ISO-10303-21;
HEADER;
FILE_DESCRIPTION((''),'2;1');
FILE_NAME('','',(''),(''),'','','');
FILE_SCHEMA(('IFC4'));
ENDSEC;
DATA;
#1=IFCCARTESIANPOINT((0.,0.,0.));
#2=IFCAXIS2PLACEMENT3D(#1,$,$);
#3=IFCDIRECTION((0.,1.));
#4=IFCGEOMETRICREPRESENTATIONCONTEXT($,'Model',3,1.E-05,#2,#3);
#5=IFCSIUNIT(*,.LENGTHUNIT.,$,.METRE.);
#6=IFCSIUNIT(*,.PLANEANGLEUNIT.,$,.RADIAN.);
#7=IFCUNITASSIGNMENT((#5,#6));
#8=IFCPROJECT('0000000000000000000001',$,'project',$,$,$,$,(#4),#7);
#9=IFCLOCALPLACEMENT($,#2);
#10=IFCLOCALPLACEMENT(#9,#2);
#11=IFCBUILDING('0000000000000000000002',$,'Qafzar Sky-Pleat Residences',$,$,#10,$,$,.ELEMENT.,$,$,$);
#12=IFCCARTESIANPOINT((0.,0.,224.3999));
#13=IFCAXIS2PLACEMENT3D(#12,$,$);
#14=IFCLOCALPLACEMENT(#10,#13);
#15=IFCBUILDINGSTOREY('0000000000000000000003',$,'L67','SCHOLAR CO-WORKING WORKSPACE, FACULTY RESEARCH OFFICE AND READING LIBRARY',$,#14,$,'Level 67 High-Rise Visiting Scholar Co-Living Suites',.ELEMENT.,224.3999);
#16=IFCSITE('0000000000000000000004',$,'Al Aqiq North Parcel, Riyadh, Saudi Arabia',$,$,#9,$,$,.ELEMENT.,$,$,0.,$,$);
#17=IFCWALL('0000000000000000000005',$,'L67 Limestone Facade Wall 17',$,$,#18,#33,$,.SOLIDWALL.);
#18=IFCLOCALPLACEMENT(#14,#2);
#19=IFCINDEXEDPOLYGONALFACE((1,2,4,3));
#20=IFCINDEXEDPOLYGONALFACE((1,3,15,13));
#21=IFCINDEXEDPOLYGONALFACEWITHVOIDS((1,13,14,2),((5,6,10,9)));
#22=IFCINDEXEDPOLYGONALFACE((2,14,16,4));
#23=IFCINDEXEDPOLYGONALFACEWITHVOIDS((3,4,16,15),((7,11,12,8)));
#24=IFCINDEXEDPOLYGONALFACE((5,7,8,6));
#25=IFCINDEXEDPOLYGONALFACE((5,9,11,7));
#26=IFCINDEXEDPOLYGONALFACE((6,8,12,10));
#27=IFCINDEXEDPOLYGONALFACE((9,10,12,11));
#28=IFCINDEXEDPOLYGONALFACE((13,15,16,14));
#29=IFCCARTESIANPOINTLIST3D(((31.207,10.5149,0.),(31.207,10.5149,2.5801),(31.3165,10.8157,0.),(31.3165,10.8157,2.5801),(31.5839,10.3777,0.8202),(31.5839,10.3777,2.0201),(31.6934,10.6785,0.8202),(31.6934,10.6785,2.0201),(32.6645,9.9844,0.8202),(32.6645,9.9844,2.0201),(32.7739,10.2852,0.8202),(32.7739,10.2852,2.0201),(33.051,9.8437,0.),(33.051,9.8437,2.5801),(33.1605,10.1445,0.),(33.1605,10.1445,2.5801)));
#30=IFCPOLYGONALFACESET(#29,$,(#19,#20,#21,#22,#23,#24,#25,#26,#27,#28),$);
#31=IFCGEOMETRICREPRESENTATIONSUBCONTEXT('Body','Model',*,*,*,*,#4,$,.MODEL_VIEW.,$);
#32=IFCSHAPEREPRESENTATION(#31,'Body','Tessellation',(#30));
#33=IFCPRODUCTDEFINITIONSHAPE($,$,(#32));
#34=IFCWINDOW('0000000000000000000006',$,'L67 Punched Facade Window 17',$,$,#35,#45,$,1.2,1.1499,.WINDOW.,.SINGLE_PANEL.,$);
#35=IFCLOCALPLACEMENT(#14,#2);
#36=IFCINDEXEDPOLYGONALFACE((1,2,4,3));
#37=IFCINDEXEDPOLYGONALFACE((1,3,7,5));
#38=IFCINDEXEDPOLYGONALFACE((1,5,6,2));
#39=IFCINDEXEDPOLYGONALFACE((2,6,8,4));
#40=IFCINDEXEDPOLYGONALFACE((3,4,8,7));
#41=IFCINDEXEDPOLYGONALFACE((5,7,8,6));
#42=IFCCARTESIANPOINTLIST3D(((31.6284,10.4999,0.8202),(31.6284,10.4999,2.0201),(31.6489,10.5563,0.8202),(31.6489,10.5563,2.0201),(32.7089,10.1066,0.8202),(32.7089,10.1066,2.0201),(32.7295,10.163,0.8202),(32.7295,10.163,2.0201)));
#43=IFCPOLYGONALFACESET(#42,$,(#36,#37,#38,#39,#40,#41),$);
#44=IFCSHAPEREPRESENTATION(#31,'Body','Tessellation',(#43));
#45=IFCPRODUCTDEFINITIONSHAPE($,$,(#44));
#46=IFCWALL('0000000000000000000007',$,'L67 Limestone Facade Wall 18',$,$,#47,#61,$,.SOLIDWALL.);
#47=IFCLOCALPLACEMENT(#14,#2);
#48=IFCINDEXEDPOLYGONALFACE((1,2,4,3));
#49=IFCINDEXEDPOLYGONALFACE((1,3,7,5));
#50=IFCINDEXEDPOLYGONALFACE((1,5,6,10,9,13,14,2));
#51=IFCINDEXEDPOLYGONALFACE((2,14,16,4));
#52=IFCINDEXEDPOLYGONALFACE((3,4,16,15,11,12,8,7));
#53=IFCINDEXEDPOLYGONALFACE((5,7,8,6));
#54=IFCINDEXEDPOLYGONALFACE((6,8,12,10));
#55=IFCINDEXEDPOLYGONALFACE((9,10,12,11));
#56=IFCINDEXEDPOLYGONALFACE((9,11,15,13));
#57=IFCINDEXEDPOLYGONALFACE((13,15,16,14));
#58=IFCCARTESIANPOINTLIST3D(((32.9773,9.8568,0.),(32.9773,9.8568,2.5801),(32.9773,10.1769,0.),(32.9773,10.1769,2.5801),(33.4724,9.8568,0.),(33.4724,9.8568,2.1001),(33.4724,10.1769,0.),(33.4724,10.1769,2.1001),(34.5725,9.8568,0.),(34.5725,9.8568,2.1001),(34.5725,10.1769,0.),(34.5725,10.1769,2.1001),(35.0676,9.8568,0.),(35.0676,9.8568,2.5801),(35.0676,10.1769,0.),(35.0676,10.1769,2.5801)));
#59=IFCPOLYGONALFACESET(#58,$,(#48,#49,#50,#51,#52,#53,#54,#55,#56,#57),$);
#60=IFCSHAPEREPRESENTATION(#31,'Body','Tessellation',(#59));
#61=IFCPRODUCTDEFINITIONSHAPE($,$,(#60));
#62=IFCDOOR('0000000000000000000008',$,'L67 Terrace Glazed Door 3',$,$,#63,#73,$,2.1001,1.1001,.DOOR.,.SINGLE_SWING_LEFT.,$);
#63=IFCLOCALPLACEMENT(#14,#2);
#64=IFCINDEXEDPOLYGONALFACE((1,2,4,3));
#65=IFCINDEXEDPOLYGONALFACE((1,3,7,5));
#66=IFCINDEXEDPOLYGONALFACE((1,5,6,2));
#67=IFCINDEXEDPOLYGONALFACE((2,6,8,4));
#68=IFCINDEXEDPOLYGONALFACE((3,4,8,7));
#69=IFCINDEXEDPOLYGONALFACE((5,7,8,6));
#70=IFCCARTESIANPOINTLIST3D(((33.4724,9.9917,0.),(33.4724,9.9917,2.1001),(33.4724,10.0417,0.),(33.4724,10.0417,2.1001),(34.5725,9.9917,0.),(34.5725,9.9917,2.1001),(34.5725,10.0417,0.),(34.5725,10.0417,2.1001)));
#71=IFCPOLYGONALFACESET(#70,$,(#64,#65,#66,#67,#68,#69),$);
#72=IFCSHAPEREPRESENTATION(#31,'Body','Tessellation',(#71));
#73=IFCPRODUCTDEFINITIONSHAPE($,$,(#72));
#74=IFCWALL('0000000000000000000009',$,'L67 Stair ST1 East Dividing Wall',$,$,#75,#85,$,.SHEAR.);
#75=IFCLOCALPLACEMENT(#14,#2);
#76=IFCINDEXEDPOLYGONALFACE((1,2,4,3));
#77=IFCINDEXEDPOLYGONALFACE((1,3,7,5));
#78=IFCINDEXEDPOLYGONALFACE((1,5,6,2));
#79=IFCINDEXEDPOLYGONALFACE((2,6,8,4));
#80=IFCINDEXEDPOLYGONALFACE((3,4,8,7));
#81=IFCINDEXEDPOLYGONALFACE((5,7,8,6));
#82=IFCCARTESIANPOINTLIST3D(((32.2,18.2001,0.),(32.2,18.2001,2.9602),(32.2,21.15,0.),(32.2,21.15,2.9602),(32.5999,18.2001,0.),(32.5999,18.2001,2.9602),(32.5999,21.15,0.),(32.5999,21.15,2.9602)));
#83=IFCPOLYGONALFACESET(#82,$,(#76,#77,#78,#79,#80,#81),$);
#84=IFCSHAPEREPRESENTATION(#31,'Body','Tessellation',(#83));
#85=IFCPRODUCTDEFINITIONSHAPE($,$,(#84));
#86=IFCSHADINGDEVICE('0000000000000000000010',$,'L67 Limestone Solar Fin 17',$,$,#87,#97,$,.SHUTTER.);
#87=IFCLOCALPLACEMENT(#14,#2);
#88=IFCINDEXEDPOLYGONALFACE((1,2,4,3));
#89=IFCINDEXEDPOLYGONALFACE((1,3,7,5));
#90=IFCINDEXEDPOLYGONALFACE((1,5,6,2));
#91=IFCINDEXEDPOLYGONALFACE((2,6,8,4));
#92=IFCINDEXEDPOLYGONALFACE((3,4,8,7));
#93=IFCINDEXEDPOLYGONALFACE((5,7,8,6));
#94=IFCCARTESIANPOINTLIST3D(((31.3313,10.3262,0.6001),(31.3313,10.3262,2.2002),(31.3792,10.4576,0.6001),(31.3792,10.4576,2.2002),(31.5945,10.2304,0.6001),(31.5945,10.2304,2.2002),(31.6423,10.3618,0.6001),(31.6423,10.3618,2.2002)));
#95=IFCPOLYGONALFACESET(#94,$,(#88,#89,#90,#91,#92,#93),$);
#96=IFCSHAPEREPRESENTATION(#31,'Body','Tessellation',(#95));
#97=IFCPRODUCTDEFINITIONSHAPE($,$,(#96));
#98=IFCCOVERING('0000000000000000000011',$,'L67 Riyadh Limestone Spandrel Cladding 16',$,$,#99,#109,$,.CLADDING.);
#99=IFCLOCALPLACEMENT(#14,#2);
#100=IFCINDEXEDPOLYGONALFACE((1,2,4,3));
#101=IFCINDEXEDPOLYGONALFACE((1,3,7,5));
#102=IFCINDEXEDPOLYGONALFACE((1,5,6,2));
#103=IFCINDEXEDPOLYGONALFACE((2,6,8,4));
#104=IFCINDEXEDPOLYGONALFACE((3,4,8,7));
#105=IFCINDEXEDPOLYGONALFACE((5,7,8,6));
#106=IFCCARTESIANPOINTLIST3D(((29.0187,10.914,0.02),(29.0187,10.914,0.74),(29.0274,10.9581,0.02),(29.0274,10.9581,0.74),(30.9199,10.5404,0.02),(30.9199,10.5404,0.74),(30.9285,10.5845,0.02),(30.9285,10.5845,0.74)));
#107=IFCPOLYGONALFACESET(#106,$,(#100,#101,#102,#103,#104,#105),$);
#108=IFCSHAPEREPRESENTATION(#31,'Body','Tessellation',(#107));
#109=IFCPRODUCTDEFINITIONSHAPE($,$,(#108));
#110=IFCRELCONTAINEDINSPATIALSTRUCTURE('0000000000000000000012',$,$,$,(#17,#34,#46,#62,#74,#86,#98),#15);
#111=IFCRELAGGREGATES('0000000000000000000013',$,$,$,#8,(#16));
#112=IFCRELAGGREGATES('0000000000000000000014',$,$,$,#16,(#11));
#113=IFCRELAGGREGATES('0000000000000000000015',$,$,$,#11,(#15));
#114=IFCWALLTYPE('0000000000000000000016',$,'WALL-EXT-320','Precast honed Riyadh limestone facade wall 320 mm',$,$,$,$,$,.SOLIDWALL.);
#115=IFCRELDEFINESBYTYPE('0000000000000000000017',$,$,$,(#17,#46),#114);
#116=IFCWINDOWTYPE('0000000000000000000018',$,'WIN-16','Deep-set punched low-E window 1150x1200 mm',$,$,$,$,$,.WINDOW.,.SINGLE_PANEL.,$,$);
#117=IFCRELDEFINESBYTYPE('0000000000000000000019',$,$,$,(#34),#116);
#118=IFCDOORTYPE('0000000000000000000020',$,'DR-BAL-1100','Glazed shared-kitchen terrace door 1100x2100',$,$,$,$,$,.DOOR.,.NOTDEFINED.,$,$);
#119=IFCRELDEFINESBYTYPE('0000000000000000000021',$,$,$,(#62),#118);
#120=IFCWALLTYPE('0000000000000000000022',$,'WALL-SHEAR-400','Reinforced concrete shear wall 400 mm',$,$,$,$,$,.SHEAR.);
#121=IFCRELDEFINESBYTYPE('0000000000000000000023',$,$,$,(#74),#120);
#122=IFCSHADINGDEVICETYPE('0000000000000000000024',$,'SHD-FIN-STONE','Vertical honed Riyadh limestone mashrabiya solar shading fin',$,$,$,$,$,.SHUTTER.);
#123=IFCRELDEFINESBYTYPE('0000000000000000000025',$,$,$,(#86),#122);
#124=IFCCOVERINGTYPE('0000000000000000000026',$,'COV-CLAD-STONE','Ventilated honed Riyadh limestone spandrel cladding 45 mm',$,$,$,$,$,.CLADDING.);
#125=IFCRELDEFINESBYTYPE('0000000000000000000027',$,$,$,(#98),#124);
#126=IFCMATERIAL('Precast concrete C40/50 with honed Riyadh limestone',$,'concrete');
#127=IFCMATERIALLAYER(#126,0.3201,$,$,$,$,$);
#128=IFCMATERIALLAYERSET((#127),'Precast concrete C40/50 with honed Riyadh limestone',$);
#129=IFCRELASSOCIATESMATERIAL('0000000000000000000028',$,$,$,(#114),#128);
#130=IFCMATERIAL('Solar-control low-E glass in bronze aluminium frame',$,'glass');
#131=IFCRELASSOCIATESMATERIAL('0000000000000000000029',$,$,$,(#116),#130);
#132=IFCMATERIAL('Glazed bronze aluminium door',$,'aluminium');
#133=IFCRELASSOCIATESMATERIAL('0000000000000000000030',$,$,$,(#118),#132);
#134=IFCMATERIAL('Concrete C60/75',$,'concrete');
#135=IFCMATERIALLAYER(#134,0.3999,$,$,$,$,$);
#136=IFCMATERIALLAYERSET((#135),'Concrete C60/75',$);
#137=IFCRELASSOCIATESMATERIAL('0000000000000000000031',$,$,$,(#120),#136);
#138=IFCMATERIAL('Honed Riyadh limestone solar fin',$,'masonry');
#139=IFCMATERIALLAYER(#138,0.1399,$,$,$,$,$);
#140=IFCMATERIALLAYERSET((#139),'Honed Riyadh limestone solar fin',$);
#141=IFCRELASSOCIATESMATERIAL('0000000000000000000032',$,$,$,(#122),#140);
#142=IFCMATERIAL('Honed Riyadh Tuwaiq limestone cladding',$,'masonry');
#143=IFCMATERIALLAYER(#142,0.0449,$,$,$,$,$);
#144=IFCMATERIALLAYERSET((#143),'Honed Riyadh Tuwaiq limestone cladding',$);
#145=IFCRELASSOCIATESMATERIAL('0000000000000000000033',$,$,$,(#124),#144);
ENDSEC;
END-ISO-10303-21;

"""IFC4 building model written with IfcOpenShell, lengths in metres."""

from ifc_helpers import new_model, si_unit, direction, frame, frame_2d, origin, origin_2d, place, context, subcontext, project, spatial, rectangle, extrude, source, transform, mapped, material, layer, layer_set, type_object, element, fill, save


model = new_model("IFC4")

# Units and contexts
model_context = context("Model", 3, precision=1e-05, world=origin(), true_north=direction((0.0, 1.0)))
body_context = subcontext(model_context, "Body", "Model", "MODEL_VIEW")
ifc_project = project(units=[si_unit("LENGTHUNIT", "METRE"), si_unit("PLANEANGLEUNIT", "RADIAN")], contexts=[model_context])

# Site, building, storey
site_placement = place(None, origin())
site = spatial("IfcSite", under=ifc_project, at=site_placement, Name="Al Aqiq North Parcel, Riyadh, Saudi Arabia", CompositionType="ELEMENT", RefElevation=0.0)
building_placement = place(site_placement, origin())
building = spatial("IfcBuilding", under=site, at=building_placement, Name="Qafzar Sky-Pleat Residences", CompositionType="ELEMENT")
storey_placement = place(building_placement, frame((0.0, 0.0, 224.3999)))
storey = spatial("IfcBuildingStorey", under=building, at=storey_placement, Name="L67", Description="SCHOLAR CO-WORKING WORKSPACE, FACULTY RESEARCH OFFICE AND READING LIBRARY", LongName="Level 67 High-Rise Visiting Scholar Co-Living Suites", CompositionType="ELEMENT", Elevation=224.3999)

# Wall, opening, window
ifc_material_1 = material(Name="Precast concrete C40/50 with honed Riyadh limestone", Category="concrete")
ifc_layer_1 = layer(ifc_material_1, 0.3201)
ifc_layer_set_1 = layer_set([ifc_layer_1], Name="Precast concrete C40/50 with honed Riyadh limestone")
wall_type_1 = type_object("IfcWallType", Name="WALL-EXT-320", Description="Precast honed Riyadh limestone facade wall 320 mm", PredefinedType="SOLIDWALL", material=ifc_layer_set_1)
ifc_material_2 = material(Name="Solar-control low-E glass in bronze aluminium frame", Category="glass")
wall_1_placement = place(storey_placement, frame((31.2617, 10.6653, 0.0), z_axis=(0.0, 0.0, 1.0), x_axis=(0.939695, -0.342013, 0.0)))
wall_1 = element("IfcWall", 1, at=wall_1_placement, inside=storey, type_object=wall_type_1, Name="L67 Limestone Facade Wall 17", PredefinedType="SOLIDWALL", context=body_context, shape_type="SweptSolid", body=[
    extrude(rectangle(XDim=1.9624, YDim=0.3201, at=frame_2d((0.9812, 0.0))), origin(), (0.0, 0.0, 1.0), 2.5801),
])
opening_1_placement = place(wall_1_placement, frame((0.4011, 0.0, 0.8201)))
opening_1 = element("IfcOpeningElement", 2, at=opening_1_placement, cuts=wall_1, PredefinedType="OPENING", context=body_context, shape_type="SweptSolid", body=[
    extrude(rectangle(XDim=1.1499, YDim=1.2, at=frame_2d((0.575, 0.6001))), frame((0.0, 0.1699, 0.0), z_axis=(0.0, -1.0, 0.0), x_axis=(1.0, 0.0, 0.0)), (0.0, 0.0, 1.0), 0.3401),
])
window_type_1 = type_object("IfcWindowType", Name="WIN-16", Description="Deep-set punched low-E window 1150x1200 mm", PartitioningType="SINGLE_PANEL", PredefinedType="WINDOW", material=ifc_material_2)
shared_shape_1 = source(origin(), body_context, "Body", "SweptSolid", [
    extrude(rectangle(XDim=1.1499, YDim=1.2, at=frame_2d((0.575, 0.6001))), frame((0.0, 0.03, 0.0), z_axis=(0.0, -1.0, 0.0), x_axis=(1.0, 0.0, 0.0)), (0.0, 0.0, 1.0), 0.0601),
])
window_1_placement = place(opening_1_placement, origin())
window_1 = element("IfcWindow", 3, at=window_1_placement, inside=storey, type_object=window_type_1, Name="L67 Punched Facade Window 17", OverallHeight=1.2, OverallWidth=1.1499, PartitioningType="SINGLE_PANEL", PredefinedType="WINDOW", context=body_context, shape_type="MappedRepresentation", body=[
    mapped(shared_shape_1, transform((0.0, 0.0, 0.0), x_axis=(1.0, 0.0, 0.0), y_axis=(0.0, 1.0, 0.0), z_axis=(0.0, 0.0, 1.0), scale=1.0)),
])
fill(opening_1, window_1)

# Wall, opening, door
wall_2_placement = place(storey_placement, frame((32.9773, 10.0168, 0.0), z_axis=(0.0, 0.0, 1.0), x_axis=(1.0, 0.0, 0.0)))
wall_2 = element("IfcWall", 4, at=wall_2_placement, inside=storey, type_object=wall_type_1, Name="L67 Limestone Facade Wall 18", PredefinedType="SOLIDWALL", context=body_context, shape_type="SweptSolid", body=[
    extrude(rectangle(XDim=2.0903, YDim=0.3201, at=frame_2d((1.0452, 0.0))), origin(), (0.0, 0.0, 1.0), 2.5801),
])
opening_2_placement = place(wall_2_placement, frame((0.4951, 0.0, 0.0)))
opening_2 = element("IfcOpeningElement", 5, at=opening_2_placement, cuts=wall_2, PredefinedType="OPENING", context=body_context, shape_type="SweptSolid", body=[
    extrude(rectangle(XDim=1.1001, YDim=2.1001, at=frame_2d((0.55, 1.05))), frame((0.0, 0.1699, 0.0), z_axis=(0.0, -1.0, 0.0), x_axis=(1.0, 0.0, 0.0)), (0.0, 0.0, 1.0), 0.3401),
])
ifc_material_3 = material(Name="Glazed bronze aluminium door", Category="aluminium")
door_type = type_object("IfcDoorType", Name="DR-BAL-1100", Description="Glazed shared-kitchen terrace door 1100x2100", OperationType="NOTDEFINED", PredefinedType="DOOR", material=ifc_material_3)
shared_shape_2 = source(origin(), body_context, "Body", "SweptSolid", [
    extrude(rectangle(XDim=1.1001, YDim=2.1001, at=frame_2d((0.55, 1.05))), frame((0.0, 0.0249, 0.0), z_axis=(0.0, -1.0, 0.0), x_axis=(1.0, 0.0, 0.0)), (0.0, 0.0, 1.0), 0.05),
])
door_placement = place(opening_2_placement, origin())
door = element("IfcDoor", 6, at=door_placement, inside=storey, type_object=door_type, Name="L67 Terrace Glazed Door 3", OperationType="SINGLE_SWING_LEFT", OverallHeight=2.1001, OverallWidth=1.1001, PredefinedType="DOOR", context=body_context, shape_type="MappedRepresentation", body=[
    mapped(shared_shape_2, transform((0.0, 0.0, 0.0), x_axis=(1.0, 0.0, 0.0), y_axis=(0.0, 1.0, 0.0), z_axis=(0.0, 0.0, 1.0), scale=1.0)),
])
fill(opening_2, door)

# Wall
ifc_material_4 = material(Name="Concrete C60/75", Category="concrete")
ifc_layer_2 = layer(ifc_material_4, 0.3999)
ifc_layer_set_2 = layer_set([ifc_layer_2], Name="Concrete C60/75")
wall_type_2 = type_object("IfcWallType", Name="WALL-SHEAR-400", Description="Reinforced concrete shear wall 400 mm", PredefinedType="SHEAR", material=ifc_layer_set_2)
wall_3_placement = place(storey_placement, frame((32.3999, 18.2, 0.0), z_axis=(0.0, 0.0, 1.0), x_axis=(0.0, 1.0, 0.0)))
element("IfcWall", 7, at=wall_3_placement, inside=storey, type_object=wall_type_2, Name="L67 Stair ST1 East Dividing Wall", PredefinedType="SHEAR", context=body_context, shape_type="SweptSolid", body=[
    extrude(rectangle(XDim=2.95, YDim=0.3999, at=frame_2d((1.4751, 0.0))), origin(), (0.0, 0.0, 1.0), 2.9602),
])

# Shading device
ifc_material_5 = material(Name="Honed Riyadh limestone solar fin", Category="masonry")
ifc_layer_3 = layer(ifc_material_5, 0.1399)
ifc_layer_set_3 = layer_set([ifc_layer_3], Name="Honed Riyadh limestone solar fin")
shading_device_type = type_object("IfcShadingDeviceType", Name="SHD-FIN-STONE", Description="Vertical honed Riyadh limestone mashrabiya solar shading fin", PredefinedType="SHUTTER", material=ifc_layer_set_3)
shared_shape_3 = source(origin(), body_context, "Body", "SweptSolid", [
    extrude(rectangle(XDim=0.1399, YDim=0.28, at=origin_2d()), origin(), (0.0, 0.0, 1.0), 1.6001),
])
shading_device_placement = place(storey_placement, frame((31.4868, 10.344, 0.6001), z_axis=(0.0, 0.0, 1.0), x_axis=(-0.342054, -0.93968, 0.0)))
element("IfcShadingDevice", 8, at=shading_device_placement, inside=storey, type_object=shading_device_type, Name="L67 Limestone Solar Fin 17", PredefinedType="SHUTTER", context=body_context, shape_type="MappedRepresentation", body=[
    mapped(shared_shape_3, transform((0.0, 0.0, 0.0), x_axis=(1.0, 0.0, 0.0), y_axis=(0.0, 1.0, 0.0), z_axis=(0.0, 0.0, 1.0), scale=1.0)),
])

# Covering
ifc_material_6 = material(Name="Honed Riyadh Tuwaiq limestone cladding", Category="masonry")
ifc_layer_4 = layer(ifc_material_6, 0.0449)
ifc_layer_set_4 = layer_set([ifc_layer_4], Name="Honed Riyadh Tuwaiq limestone cladding")
covering_type = type_object("IfcCoveringType", Name="COV-CLAD-STONE", Description="Ventilated honed Riyadh limestone spandrel cladding 45 mm", PredefinedType="CLADDING", material=ifc_layer_set_4)
shared_shape_4 = source(origin(), body_context, "Body", "SweptSolid", [
    extrude(rectangle(XDim=1.9375, YDim=0.0449, at=origin_2d()), origin(), (0.0, 0.0, 1.0), 0.72),
])
covering_placement = place(storey_placement, frame((29.9736, 10.7493, 0.02), z_axis=(0.0, 0.0, 1.0), x_axis=(0.981234, -0.192819, 0.0)))
element("IfcCovering", 9, at=covering_placement, inside=storey, type_object=covering_type, Name="L67 Riyadh Limestone Spandrel Cladding 16", PredefinedType="CLADDING", context=body_context, shape_type="MappedRepresentation", body=[
    mapped(shared_shape_4, transform((0.0, 0.0, 0.0), x_axis=(1.0, 0.0, 0.0), y_axis=(0.0, 1.0, 0.0), z_axis=(0.0, 0.0, 1.0), scale=1.0)),
])

save(model, "model.ifc")
